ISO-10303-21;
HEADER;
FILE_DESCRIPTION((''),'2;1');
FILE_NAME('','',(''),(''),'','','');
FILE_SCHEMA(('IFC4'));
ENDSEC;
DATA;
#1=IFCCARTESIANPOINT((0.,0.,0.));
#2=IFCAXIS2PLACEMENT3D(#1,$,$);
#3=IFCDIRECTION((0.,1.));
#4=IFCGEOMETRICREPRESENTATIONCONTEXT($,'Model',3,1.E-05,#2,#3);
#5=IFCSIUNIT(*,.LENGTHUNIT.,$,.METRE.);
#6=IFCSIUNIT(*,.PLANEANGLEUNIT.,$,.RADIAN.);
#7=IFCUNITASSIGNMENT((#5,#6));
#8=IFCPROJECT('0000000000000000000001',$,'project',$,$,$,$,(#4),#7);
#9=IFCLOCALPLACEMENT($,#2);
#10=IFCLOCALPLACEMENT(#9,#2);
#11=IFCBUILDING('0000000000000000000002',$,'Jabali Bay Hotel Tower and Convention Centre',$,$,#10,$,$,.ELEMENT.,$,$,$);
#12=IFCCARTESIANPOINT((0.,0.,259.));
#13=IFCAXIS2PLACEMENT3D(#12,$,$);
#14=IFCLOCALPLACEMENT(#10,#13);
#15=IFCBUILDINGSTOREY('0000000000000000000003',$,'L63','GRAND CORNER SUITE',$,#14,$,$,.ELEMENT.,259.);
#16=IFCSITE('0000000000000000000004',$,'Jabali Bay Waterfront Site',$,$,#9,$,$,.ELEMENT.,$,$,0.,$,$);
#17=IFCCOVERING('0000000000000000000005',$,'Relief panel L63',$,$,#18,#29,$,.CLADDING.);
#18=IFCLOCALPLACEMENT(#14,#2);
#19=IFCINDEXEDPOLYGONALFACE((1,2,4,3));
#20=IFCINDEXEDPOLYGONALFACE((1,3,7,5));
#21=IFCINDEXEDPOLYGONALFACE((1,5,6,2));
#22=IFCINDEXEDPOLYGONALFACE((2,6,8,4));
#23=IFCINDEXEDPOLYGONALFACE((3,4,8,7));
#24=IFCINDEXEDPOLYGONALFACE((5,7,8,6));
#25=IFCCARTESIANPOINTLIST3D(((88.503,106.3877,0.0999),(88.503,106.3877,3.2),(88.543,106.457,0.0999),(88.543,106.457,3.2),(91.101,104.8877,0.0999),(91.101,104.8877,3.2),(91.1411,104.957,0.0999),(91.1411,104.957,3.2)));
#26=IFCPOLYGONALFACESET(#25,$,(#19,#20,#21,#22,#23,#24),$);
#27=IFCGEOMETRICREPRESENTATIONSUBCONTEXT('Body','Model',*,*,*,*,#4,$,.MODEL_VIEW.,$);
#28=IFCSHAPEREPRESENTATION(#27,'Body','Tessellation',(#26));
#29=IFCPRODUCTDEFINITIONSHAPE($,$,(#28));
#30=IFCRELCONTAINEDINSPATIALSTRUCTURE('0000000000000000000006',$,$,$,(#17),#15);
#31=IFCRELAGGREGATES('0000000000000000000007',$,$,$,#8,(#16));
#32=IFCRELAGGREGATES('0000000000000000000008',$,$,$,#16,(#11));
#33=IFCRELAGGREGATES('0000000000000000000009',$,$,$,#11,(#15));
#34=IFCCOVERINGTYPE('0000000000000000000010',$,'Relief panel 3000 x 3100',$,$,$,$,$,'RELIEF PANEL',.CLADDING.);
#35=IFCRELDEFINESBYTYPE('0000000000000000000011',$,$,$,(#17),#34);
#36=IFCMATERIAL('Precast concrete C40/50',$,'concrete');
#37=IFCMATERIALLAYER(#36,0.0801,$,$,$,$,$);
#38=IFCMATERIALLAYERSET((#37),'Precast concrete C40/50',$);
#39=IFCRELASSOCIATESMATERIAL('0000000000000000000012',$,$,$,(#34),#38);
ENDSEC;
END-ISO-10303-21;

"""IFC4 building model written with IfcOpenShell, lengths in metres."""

from ifc_helpers import new_model, si_unit, direction, frame, origin, origin_2d, place, context, subcontext, project, spatial, rectangle, extrude, material, layer, layer_set, type_object, element, save


model = new_model("IFC4")

# Units and contexts
model_context = context("Model", 3, precision=1e-05, world=origin(), true_north=direction((0.0, 1.0)))
body_context = subcontext(model_context, "Body", "Model", "MODEL_VIEW")
ifc_project = project(units=[si_unit("LENGTHUNIT", "METRE"), si_unit("PLANEANGLEUNIT", "RADIAN")], contexts=[model_context])

# Site, building, storey
site_placement = place(None, origin())
site = spatial("IfcSite", under=ifc_project, at=site_placement, Name="Jabali Bay Waterfront Site", CompositionType="ELEMENT", RefElevation=0.0)
building_placement = place(site_placement, origin())
building = spatial("IfcBuilding", under=site, at=building_placement, Name="Jabali Bay Hotel Tower and Convention Centre", CompositionType="ELEMENT")
storey_placement = place(building_placement, frame((0.0, 0.0, 259.0)))
storey = spatial("IfcBuildingStorey", under=building, at=storey_placement, Name="L63", Description="GRAND CORNER SUITE", CompositionType="ELEMENT", Elevation=259.0)

# Covering
ifc_material_1 = material(Name="Precast concrete C40/50", Category="concrete")
ifc_layer_1 = layer(ifc_material_1, 0.0801)
ifc_layer_set_1 = layer_set([ifc_layer_1], Name="Precast concrete C40/50")
covering_type = type_object("IfcCoveringType", Name="Relief panel 3000 x 3100", ElementType="RELIEF PANEL", PredefinedType="CLADDING", material=ifc_layer_set_1)
covering_placement = place(storey_placement, frame((89.822, 105.6724, 0.0999), z_axis=(0.0, 0.0, 1.0), x_axis=(0.866025, -0.5, 0.0)))
element("IfcCovering", 1, at=covering_placement, inside=storey, type_object=covering_type, Name="Relief panel L63", PredefinedType="CLADDING", context=body_context, shape_type="SweptSolid", body=[
    extrude(rectangle(XDim=3.0, YDim=0.0801, at=origin_2d()), origin(), (0.0, 0.0, 1.0), 3.1001),
])

save(model, "model.ifc")
